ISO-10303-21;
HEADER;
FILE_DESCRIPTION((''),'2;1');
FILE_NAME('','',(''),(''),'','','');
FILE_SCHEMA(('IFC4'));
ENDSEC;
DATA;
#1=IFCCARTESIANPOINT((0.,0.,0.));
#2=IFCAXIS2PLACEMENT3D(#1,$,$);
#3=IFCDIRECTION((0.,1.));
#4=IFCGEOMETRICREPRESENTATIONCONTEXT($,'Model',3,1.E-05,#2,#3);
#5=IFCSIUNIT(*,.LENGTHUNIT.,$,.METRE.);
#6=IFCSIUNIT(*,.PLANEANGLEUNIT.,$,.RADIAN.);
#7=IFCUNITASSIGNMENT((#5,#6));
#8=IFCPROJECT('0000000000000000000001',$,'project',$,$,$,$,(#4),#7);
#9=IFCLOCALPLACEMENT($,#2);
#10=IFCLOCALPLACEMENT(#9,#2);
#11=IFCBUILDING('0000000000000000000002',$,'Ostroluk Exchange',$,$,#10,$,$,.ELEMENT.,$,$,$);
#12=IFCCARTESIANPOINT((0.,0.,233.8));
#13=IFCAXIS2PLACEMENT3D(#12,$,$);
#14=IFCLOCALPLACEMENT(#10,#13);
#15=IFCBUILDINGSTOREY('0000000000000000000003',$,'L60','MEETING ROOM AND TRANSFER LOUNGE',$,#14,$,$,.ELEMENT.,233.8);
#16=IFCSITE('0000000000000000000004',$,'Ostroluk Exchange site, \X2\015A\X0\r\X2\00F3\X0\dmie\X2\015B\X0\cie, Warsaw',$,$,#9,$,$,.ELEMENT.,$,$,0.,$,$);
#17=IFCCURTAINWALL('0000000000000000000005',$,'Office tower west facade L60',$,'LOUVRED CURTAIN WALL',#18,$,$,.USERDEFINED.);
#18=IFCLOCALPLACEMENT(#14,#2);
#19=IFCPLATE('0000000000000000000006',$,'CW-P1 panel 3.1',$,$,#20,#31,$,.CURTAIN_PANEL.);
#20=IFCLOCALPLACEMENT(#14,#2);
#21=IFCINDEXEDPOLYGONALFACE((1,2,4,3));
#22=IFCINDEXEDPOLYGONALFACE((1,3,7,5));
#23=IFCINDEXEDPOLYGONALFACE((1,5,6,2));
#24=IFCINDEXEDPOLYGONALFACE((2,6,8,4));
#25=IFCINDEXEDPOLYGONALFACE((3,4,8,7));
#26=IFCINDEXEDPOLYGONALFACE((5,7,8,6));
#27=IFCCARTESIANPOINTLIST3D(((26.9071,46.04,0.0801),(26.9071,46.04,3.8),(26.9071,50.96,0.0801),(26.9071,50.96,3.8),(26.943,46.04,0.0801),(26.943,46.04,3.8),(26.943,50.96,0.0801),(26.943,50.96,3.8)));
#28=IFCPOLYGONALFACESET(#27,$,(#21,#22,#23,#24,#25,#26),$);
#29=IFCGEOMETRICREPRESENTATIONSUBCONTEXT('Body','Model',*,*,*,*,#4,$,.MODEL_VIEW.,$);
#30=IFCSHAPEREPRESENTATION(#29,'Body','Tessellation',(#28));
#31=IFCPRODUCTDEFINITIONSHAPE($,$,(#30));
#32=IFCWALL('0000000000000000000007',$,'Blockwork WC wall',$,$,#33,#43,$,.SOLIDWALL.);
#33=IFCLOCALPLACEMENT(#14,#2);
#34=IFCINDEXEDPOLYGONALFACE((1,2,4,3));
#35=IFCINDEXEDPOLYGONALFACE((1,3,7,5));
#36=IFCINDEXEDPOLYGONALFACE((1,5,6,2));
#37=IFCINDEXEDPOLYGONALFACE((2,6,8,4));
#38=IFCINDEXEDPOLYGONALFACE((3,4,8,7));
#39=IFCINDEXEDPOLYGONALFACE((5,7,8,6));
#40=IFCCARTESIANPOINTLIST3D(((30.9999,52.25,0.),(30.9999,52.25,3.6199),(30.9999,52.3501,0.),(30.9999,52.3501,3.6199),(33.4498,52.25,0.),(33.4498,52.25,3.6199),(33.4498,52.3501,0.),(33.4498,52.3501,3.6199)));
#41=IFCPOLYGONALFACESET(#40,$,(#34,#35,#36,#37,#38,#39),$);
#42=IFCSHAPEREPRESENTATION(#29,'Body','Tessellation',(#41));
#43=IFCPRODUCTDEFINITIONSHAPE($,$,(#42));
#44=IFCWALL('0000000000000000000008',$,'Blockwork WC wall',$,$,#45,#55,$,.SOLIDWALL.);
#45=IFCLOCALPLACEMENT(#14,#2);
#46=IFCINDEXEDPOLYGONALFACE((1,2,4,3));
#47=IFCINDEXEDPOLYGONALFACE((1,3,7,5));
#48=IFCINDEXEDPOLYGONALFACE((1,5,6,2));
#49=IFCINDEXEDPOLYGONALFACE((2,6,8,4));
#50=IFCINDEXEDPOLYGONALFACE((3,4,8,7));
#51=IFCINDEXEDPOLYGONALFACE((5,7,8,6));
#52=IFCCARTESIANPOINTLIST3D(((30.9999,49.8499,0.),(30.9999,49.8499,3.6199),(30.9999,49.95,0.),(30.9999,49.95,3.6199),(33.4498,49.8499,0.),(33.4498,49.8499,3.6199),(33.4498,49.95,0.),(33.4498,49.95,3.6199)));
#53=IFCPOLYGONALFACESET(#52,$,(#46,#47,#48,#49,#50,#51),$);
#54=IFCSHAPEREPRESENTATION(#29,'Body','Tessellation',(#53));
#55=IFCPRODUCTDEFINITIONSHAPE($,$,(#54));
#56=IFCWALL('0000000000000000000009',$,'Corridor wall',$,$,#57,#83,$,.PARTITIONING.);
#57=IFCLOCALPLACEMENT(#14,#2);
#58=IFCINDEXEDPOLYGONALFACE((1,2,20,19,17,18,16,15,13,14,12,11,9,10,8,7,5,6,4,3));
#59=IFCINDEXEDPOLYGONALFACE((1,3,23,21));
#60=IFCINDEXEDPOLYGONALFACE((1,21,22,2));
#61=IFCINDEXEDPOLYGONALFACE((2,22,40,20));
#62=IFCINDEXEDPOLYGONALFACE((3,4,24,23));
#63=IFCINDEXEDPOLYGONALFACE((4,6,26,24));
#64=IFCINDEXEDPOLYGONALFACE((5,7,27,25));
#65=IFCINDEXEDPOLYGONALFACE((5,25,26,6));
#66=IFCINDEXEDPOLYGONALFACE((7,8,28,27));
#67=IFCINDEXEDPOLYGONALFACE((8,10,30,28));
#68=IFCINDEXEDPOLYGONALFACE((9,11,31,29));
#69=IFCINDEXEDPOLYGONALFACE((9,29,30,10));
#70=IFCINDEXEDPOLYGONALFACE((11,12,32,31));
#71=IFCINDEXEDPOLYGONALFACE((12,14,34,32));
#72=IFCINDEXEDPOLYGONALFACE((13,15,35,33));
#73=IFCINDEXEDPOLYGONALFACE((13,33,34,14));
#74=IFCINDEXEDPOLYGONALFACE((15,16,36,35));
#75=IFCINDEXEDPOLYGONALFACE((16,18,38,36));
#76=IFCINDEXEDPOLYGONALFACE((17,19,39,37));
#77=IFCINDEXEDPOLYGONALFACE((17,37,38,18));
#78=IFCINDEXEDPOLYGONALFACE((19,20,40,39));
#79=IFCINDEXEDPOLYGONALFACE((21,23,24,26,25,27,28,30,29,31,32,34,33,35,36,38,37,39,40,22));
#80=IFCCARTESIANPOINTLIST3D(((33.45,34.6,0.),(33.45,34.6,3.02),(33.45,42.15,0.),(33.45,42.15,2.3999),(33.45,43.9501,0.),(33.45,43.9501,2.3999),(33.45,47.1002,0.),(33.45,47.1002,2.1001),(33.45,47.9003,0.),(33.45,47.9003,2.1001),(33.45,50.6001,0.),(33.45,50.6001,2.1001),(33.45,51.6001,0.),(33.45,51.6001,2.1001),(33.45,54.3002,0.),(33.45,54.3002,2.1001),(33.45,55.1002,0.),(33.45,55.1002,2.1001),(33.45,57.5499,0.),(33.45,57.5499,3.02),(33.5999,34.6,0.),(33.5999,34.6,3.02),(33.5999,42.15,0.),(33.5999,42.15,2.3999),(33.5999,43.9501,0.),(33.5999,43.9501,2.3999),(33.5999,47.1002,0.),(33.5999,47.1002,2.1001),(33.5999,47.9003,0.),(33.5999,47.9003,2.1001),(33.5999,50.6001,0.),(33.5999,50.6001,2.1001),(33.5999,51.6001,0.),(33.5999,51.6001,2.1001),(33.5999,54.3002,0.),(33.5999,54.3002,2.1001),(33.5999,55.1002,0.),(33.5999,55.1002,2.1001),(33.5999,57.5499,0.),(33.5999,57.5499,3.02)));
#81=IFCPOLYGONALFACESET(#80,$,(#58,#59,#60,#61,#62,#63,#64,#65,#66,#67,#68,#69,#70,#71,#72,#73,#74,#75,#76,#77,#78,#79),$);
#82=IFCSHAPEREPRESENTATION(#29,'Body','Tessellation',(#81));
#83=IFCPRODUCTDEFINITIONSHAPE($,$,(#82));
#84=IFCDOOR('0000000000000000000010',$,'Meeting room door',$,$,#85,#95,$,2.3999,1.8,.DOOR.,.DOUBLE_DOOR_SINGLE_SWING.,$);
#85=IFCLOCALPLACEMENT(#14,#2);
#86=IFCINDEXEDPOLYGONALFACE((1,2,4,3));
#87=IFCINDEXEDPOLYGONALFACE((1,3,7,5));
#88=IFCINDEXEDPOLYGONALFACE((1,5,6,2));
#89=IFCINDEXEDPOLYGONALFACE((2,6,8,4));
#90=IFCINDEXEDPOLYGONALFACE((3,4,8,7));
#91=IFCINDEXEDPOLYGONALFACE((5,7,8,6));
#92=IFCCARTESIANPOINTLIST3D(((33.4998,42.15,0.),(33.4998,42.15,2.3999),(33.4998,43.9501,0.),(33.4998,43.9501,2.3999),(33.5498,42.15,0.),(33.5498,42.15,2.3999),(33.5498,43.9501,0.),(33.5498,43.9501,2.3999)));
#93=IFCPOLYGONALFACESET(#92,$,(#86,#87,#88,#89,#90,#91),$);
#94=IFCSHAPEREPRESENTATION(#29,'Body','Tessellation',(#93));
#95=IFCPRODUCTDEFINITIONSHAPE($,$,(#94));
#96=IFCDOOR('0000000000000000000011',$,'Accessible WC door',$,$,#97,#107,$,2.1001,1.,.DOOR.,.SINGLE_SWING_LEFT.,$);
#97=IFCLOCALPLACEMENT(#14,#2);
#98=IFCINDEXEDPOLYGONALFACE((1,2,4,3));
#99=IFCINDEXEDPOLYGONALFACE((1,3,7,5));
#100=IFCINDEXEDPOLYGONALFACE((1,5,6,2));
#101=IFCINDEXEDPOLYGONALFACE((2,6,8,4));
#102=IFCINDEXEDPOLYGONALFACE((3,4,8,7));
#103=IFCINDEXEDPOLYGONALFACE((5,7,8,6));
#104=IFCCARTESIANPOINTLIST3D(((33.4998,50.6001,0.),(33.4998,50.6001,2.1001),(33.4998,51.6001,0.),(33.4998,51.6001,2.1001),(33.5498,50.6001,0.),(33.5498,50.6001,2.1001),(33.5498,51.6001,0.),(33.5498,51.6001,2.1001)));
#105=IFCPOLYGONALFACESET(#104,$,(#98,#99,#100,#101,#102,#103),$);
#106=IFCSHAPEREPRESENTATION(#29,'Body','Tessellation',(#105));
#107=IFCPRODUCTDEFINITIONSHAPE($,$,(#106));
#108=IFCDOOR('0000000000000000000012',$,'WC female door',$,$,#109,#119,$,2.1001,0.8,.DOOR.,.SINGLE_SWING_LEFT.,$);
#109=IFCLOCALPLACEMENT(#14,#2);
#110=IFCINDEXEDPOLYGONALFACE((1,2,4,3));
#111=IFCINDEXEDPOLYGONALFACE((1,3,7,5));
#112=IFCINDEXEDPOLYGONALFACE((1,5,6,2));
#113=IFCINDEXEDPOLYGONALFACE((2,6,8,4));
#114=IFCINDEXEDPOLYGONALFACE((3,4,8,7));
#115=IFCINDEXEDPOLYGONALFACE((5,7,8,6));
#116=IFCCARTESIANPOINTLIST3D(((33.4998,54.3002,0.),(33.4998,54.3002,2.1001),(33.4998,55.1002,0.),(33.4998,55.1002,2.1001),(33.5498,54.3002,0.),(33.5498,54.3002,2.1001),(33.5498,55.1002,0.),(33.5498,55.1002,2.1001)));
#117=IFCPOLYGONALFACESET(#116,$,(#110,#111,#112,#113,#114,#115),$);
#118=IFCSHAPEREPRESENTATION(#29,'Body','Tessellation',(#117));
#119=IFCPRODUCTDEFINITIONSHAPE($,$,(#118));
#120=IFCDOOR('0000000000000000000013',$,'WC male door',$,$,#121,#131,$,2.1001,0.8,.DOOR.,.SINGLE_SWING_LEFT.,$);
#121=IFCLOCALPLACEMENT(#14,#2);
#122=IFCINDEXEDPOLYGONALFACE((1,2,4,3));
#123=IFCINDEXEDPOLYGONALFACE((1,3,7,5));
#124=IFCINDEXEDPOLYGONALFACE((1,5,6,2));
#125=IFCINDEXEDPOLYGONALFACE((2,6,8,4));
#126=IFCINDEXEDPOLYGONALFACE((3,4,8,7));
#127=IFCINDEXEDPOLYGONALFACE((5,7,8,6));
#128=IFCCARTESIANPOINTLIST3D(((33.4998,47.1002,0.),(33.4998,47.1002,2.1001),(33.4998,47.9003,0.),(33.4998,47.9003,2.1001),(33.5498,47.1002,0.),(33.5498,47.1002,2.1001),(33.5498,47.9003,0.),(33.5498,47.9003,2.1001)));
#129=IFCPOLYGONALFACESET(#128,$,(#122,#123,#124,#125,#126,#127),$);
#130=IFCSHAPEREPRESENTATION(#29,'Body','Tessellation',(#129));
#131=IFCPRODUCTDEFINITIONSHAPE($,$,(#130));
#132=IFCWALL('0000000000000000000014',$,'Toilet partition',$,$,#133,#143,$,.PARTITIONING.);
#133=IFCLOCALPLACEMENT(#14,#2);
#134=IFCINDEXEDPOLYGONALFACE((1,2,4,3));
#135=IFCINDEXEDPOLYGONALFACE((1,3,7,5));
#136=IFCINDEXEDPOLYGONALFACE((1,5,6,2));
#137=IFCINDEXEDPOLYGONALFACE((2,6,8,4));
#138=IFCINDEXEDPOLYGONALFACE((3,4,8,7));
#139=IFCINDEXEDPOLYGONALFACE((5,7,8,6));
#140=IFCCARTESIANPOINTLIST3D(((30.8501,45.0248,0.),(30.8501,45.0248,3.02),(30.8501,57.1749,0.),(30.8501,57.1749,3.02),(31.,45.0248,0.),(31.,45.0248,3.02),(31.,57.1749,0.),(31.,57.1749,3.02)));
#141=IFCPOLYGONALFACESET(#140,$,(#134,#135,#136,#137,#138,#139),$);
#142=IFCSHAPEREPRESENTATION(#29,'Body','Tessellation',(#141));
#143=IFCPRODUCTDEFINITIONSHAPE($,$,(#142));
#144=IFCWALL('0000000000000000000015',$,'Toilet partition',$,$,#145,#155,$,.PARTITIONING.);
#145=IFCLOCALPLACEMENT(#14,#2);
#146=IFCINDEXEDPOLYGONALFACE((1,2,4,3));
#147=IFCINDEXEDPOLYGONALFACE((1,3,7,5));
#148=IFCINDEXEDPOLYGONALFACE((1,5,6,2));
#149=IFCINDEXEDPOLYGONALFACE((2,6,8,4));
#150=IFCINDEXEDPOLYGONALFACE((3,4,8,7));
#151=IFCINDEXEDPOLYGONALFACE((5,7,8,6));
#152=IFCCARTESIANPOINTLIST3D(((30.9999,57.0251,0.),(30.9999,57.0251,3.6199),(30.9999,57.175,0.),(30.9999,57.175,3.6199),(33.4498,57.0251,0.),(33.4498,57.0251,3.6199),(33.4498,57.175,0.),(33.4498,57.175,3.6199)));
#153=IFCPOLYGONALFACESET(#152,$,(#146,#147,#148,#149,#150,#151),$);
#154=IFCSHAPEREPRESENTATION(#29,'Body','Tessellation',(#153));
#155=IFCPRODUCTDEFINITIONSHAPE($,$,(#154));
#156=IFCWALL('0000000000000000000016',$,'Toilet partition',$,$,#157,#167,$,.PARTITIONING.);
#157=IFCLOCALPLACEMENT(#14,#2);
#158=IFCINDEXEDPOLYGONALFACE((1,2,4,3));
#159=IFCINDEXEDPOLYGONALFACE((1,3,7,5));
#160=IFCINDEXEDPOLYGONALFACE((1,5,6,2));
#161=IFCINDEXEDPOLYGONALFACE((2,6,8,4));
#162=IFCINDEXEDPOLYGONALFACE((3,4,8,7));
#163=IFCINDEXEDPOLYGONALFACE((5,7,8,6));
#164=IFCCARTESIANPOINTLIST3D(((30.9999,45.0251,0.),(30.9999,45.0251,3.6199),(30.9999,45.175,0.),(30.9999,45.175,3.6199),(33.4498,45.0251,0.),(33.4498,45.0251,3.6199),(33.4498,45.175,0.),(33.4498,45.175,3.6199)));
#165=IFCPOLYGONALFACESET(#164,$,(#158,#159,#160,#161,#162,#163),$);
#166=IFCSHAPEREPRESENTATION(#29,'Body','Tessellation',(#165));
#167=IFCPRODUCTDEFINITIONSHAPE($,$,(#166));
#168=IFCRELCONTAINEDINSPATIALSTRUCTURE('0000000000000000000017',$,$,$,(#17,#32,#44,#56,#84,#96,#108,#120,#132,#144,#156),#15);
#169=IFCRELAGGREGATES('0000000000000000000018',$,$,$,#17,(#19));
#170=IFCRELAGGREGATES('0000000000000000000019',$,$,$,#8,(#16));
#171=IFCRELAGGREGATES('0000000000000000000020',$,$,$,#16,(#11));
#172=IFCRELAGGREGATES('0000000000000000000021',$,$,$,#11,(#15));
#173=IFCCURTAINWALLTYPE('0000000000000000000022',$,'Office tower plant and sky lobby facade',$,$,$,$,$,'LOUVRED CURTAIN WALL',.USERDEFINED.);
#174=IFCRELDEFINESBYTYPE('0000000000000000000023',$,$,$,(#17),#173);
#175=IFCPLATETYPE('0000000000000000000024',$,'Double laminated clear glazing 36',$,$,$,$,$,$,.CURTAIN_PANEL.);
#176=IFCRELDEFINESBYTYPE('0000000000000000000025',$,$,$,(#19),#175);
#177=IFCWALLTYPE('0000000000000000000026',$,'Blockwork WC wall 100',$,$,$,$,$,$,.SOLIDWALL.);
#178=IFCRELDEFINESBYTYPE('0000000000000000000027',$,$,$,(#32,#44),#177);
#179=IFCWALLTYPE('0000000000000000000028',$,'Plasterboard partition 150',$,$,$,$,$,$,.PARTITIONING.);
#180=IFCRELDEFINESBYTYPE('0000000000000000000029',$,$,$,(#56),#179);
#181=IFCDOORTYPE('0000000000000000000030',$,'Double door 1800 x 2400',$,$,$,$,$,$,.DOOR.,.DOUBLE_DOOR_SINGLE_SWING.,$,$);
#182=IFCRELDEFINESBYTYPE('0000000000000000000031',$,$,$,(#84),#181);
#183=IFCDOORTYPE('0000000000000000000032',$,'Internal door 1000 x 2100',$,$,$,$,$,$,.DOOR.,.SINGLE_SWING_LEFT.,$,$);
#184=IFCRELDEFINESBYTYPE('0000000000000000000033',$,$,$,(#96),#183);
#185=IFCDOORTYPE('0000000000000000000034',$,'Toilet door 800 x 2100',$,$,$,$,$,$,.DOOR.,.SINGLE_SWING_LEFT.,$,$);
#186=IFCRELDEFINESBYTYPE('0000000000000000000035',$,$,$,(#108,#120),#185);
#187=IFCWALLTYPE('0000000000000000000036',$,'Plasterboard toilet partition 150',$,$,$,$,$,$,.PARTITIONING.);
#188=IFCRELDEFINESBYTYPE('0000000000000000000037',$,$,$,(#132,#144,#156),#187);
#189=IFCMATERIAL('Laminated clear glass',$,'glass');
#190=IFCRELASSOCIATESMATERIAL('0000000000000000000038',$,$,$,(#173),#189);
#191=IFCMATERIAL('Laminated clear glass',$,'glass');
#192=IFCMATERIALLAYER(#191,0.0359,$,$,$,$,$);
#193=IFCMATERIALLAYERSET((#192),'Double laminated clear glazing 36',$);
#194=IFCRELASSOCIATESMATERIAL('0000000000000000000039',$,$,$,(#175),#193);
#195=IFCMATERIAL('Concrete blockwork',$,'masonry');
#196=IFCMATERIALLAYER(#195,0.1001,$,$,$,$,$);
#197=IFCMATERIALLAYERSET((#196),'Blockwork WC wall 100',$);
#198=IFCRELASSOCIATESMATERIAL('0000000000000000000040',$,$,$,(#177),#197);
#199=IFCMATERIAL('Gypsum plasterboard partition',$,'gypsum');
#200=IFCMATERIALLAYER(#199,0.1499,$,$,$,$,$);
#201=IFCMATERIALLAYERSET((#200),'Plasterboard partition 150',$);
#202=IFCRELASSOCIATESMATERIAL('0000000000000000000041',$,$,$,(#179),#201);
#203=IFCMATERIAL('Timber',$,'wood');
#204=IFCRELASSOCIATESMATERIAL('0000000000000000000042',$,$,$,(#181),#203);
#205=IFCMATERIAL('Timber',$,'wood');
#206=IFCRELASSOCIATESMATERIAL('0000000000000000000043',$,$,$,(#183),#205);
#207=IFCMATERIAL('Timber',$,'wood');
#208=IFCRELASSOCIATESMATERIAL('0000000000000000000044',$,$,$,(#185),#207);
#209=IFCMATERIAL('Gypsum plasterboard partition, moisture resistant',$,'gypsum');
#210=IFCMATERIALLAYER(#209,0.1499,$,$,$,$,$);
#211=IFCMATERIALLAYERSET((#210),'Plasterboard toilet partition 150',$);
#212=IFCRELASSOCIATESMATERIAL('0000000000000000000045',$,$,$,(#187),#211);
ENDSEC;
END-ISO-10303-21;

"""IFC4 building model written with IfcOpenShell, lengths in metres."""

from ifc_helpers import new_model, si_unit, direction, frame, frame_2d, origin, origin_2d, place, context, subcontext, project, spatial, rectangle, extrude, material, layer, layer_set, type_object, element, fill, aggregate, save


model = new_model("IFC4")

# Units and contexts
model_context = context("Model", 3, precision=1e-05, world=origin(), true_north=direction((0.0, 1.0)))
body_context = subcontext(model_context, "Body", "Model", "MODEL_VIEW")
ifc_project = project(units=[si_unit("LENGTHUNIT", "METRE"), si_unit("PLANEANGLEUNIT", "RADIAN")], contexts=[model_context])

# Site, building, storey
site_placement = place(None, origin())
site = spatial("IfcSite", under=ifc_project, at=site_placement, Name="Ostroluk Exchange site, Śródmieście, Warsaw", CompositionType="ELEMENT", RefElevation=0.0)
building_placement = place(site_placement, origin())
building = spatial("IfcBuilding", under=site, at=building_placement, Name="Ostroluk Exchange", CompositionType="ELEMENT")
storey_placement = place(building_placement, frame((0.0, 0.0, 233.8)))
storey = spatial("IfcBuildingStorey", under=building, at=storey_placement, Name="L60", Description="MEETING ROOM AND TRANSFER LOUNGE", CompositionType="ELEMENT", Elevation=233.8)

# Curtain wall, plate
ifc_material_1 = material(Name="Laminated clear glass", Category="glass")
curtain_wall_type = type_object("IfcCurtainWallType", Name="Office tower plant and sky lobby facade", ElementType="LOUVRED CURTAIN WALL", PredefinedType="USERDEFINED", material=ifc_material_1)
curtain_wall_placement = place(storey_placement, origin())
curtain_wall = element("IfcCurtainWall", 1, at=curtain_wall_placement, inside=storey, type_object=curtain_wall_type, Name="Office tower west facade L60", ObjectType="LOUVRED CURTAIN WALL", PredefinedType="USERDEFINED")
ifc_material_2 = material(Name="Laminated clear glass", Category="glass")
ifc_layer_1 = layer(ifc_material_2, 0.0359)
ifc_layer_set_1 = layer_set([ifc_layer_1], Name="Double laminated clear glazing 36")
plate_type = type_object("IfcPlateType", Name="Double laminated clear glazing 36", PredefinedType="CURTAIN_PANEL", material=ifc_layer_set_1)
plate_1_placement = place(storey_placement, frame((26.925, 48.5, 0.0801), z_axis=(0.0, 0.0, 1.0), x_axis=(0.0, -1.0, 0.0)))
plate_1 = element("IfcPlate", 2, at=plate_1_placement, type_object=plate_type, Name="CW-P1 panel 3.1", PredefinedType="CURTAIN_PANEL", context=body_context, shape_type="SweptSolid", body=[
    extrude(rectangle(XDim=4.9199, YDim=0.0359, at=origin_2d()), origin(), (0.0, 0.0, 1.0), 3.72),
])
aggregate(curtain_wall, [plate_1])

# Walls
ifc_material_3 = material(Name="Concrete blockwork", Category="masonry")
ifc_layer_2 = layer(ifc_material_3, 0.1001)
ifc_layer_set_2 = layer_set([ifc_layer_2], Name="Blockwork WC wall 100")
wall_type_1 = type_object("IfcWallType", Name="Blockwork WC wall 100", PredefinedType="SOLIDWALL", material=ifc_layer_set_2)
for number, where, z_axis, x_axis, name in (
    (3, (33.45, 52.3, 0.0), (0.0, 0.0, 1.0), (-1.0, 0.0, 0.0), "Blockwork WC wall"),
    (4, (33.45, 49.8999, 0.0), (0.0, 0.0, 1.0), (-1.0, 0.0, 0.0), "Blockwork WC wall"),
):
    element("IfcWall", number, at=place(storey_placement, frame(where, z_axis=z_axis, x_axis=x_axis)), inside=storey, type_object=wall_type_1, Name=name, PredefinedType="SOLIDWALL", context=body_context, shape_type="SweptSolid", body=[
        extrude(rectangle(XDim=2.45, YDim=0.1001, at=frame_2d((1.2251, 0.0))), origin(), (0.0, 0.0, 1.0), 3.6199),
    ])

# Wall, openings, doors
ifc_material_4 = material(Name="Gypsum plasterboard partition", Category="gypsum")
ifc_layer_3 = layer(ifc_material_4, 0.1499)
ifc_layer_set_3 = layer_set([ifc_layer_3], Name="Plasterboard partition 150")
wall_type_2 = type_object("IfcWallType", Name="Plasterboard partition 150", PredefinedType="PARTITIONING", material=ifc_layer_set_3)
wall_1_placement = place(storey_placement, frame((33.5249, 57.55, 0.0), z_axis=(0.0, 0.0, 1.0), x_axis=(0.0, -1.0, 0.0)))
wall_1 = element("IfcWall", 5, at=wall_1_placement, inside=storey, type_object=wall_type_2, Name="Corridor wall", PredefinedType="PARTITIONING", context=body_context, shape_type="SweptSolid", body=[
    extrude(rectangle(XDim=22.95, YDim=0.1499, at=frame_2d((11.4751, 0.0))), origin(), (0.0, 0.0, 1.0), 3.02),
])
opening_1_placement = place(wall_1_placement, frame((2.45, 0.0, 0.0)))
opening_1 = element("IfcOpeningElement", 6, at=opening_1_placement, cuts=wall_1, PredefinedType="OPENING", context=body_context, shape_type="SweptSolid", body=[
    extrude(rectangle(XDim=0.8, YDim=2.1001, at=frame_2d((0.3999, 1.05))), frame((0.0, 0.085, 0.0), z_axis=(0.0, -1.0, 0.0), x_axis=(1.0, 0.0, 0.0)), (0.0, 0.0, 1.0), 0.1699),
])
opening_2_placement = place(wall_1_placement, frame((5.95, 0.0, 0.0)))
opening_2 = element("IfcOpeningElement", 7, at=opening_2_placement, cuts=wall_1, PredefinedType="OPENING", context=body_context, shape_type="SweptSolid", body=[
    extrude(rectangle(XDim=1.0, YDim=2.1001, at=frame_2d((0.5, 1.05))), frame((0.0, 0.085, 0.0), z_axis=(0.0, -1.0, 0.0), x_axis=(1.0, 0.0, 0.0)), (0.0, 0.0, 1.0), 0.1699),
])
opening_3_placement = place(wall_1_placement, frame((9.6499, 0.0, 0.0)))
opening_3 = element("IfcOpeningElement", 8, at=opening_3_placement, cuts=wall_1, PredefinedType="OPENING", context=body_context, shape_type="SweptSolid", body=[
    extrude(rectangle(XDim=0.8, YDim=2.1001, at=frame_2d((0.3999, 1.05))), frame((0.0, 0.085, 0.0), z_axis=(0.0, -1.0, 0.0), x_axis=(1.0, 0.0, 0.0)), (0.0, 0.0, 1.0), 0.1699),
])
opening_4_placement = place(wall_1_placement, frame((13.6001, 0.0, 0.0)))
opening_4 = element("IfcOpeningElement", 9, at=opening_4_placement, cuts=wall_1, PredefinedType="OPENING", context=body_context, shape_type="SweptSolid", body=[
    extrude(rectangle(XDim=1.8, YDim=2.3999, at=frame_2d((0.8999, 1.2))), frame((0.0, 0.085, 0.0), z_axis=(0.0, -1.0, 0.0), x_axis=(1.0, 0.0, 0.0)), (0.0, 0.0, 1.0), 0.1699),
])
ifc_material_5 = material(Name="Timber", Category="wood")
door_type_1 = type_object("IfcDoorType", Name="Double door 1800 x 2400", OperationType="DOUBLE_DOOR_SINGLE_SWING", PredefinedType="DOOR", material=ifc_material_5)
door_1_placement = place(opening_4_placement, origin())
door_1 = element("IfcDoor", 10, at=door_1_placement, inside=storey, type_object=door_type_1, Name="Meeting room door", OperationType="DOUBLE_DOOR_SINGLE_SWING", OverallHeight=2.3999, OverallWidth=1.8, PredefinedType="DOOR", context=body_context, shape_type="SweptSolid", body=[
    extrude(rectangle(XDim=1.8, YDim=2.3999, at=frame_2d((0.8999, 1.2))), frame((0.0, 0.0249, 0.0), z_axis=(0.0, -1.0, 0.0), x_axis=(1.0, 0.0, 0.0)), (0.0, 0.0, 1.0), 0.05),
])
fill(opening_4, door_1)
ifc_material_6 = material(Name="Timber", Category="wood")
door_type_2 = type_object("IfcDoorType", Name="Internal door 1000 x 2100", OperationType="SINGLE_SWING_LEFT", PredefinedType="DOOR", material=ifc_material_6)
door_2_placement = place(opening_2_placement, origin())
door_2 = element("IfcDoor", 11, at=door_2_placement, inside=storey, type_object=door_type_2, Name="Accessible WC door", OperationType="SINGLE_SWING_LEFT", OverallHeight=2.1001, OverallWidth=1.0, PredefinedType="DOOR", context=body_context, shape_type="SweptSolid", body=[
    extrude(rectangle(XDim=1.0, YDim=2.1001, at=frame_2d((0.5, 1.05))), frame((0.0, 0.0249, 0.0), z_axis=(0.0, -1.0, 0.0), x_axis=(1.0, 0.0, 0.0)), (0.0, 0.0, 1.0), 0.05),
])
fill(opening_2, door_2)
ifc_material_7 = material(Name="Timber", Category="wood")
door_type_3 = type_object("IfcDoorType", Name="Toilet door 800 x 2100", OperationType="SINGLE_SWING_LEFT", PredefinedType="DOOR", material=ifc_material_7)
door_3_placement = place(opening_1_placement, origin())
door_3 = element("IfcDoor", 12, at=door_3_placement, inside=storey, type_object=door_type_3, Name="WC female door", OperationType="SINGLE_SWING_LEFT", OverallHeight=2.1001, OverallWidth=0.8, PredefinedType="DOOR", context=body_context, shape_type="SweptSolid", body=[
    extrude(rectangle(XDim=0.8, YDim=2.1001, at=frame_2d((0.3999, 1.05))), frame((0.0, 0.0249, 0.0), z_axis=(0.0, -1.0, 0.0), x_axis=(1.0, 0.0, 0.0)), (0.0, 0.0, 1.0), 0.05),
])
fill(opening_1, door_3)
door_4_placement = place(opening_3_placement, origin())
door_4 = element("IfcDoor", 13, at=door_4_placement, inside=storey, type_object=door_type_3, Name="WC male door", OperationType="SINGLE_SWING_LEFT", OverallHeight=2.1001, OverallWidth=0.8, PredefinedType="DOOR", context=body_context, shape_type="SweptSolid", body=[
    extrude(rectangle(XDim=0.8, YDim=2.1001, at=frame_2d((0.3999, 1.05))), frame((0.0, 0.0249, 0.0), z_axis=(0.0, -1.0, 0.0), x_axis=(1.0, 0.0, 0.0)), (0.0, 0.0, 1.0), 0.05),
])
fill(opening_3, door_4)

# Walls
ifc_material_8 = material(Name="Gypsum plasterboard partition, moisture resistant", Category="gypsum")
ifc_layer_4 = layer(ifc_material_8, 0.1499)
ifc_layer_set_4 = layer_set([ifc_layer_4], Name="Plasterboard toilet partition 150")
wall_type_3 = type_object("IfcWallType", Name="Plasterboard toilet partition 150", PredefinedType="PARTITIONING", material=ifc_layer_set_4)
wall_2_placement = place(storey_placement, frame((30.925, 57.175, 0.0), z_axis=(0.0, 0.0, 1.0), x_axis=(0.0, -1.0, 0.0)))
element("IfcWall", 14, at=wall_2_placement, inside=storey, type_object=wall_type_3, Name="Toilet partition", PredefinedType="PARTITIONING", context=body_context, shape_type="SweptSolid", body=[
    extrude(rectangle(XDim=12.1501, YDim=0.1499, at=frame_2d((6.0752, 0.0))), origin(), (0.0, 0.0, 1.0), 3.02),
])
for number, where, z_axis, x_axis, name in (
    (15, (33.45, 57.1001, 0.0), (0.0, 0.0, 1.0), (-1.0, 0.0, 0.0), "Toilet partition"),
    (16, (33.45, 45.1001, 0.0), (0.0, 0.0, 1.0), (-1.0, 0.0, 0.0), "Toilet partition"),
):
    element("IfcWall", number, at=place(storey_placement, frame(where, z_axis=z_axis, x_axis=x_axis)), inside=storey, type_object=wall_type_3, Name=name, PredefinedType="PARTITIONING", context=body_context, shape_type="SweptSolid", body=[
        extrude(rectangle(XDim=2.45, YDim=0.1499, at=frame_2d((1.2251, 0.0))), origin(), (0.0, 0.0, 1.0), 3.6199),
    ])

save(model, "model.ifc")
